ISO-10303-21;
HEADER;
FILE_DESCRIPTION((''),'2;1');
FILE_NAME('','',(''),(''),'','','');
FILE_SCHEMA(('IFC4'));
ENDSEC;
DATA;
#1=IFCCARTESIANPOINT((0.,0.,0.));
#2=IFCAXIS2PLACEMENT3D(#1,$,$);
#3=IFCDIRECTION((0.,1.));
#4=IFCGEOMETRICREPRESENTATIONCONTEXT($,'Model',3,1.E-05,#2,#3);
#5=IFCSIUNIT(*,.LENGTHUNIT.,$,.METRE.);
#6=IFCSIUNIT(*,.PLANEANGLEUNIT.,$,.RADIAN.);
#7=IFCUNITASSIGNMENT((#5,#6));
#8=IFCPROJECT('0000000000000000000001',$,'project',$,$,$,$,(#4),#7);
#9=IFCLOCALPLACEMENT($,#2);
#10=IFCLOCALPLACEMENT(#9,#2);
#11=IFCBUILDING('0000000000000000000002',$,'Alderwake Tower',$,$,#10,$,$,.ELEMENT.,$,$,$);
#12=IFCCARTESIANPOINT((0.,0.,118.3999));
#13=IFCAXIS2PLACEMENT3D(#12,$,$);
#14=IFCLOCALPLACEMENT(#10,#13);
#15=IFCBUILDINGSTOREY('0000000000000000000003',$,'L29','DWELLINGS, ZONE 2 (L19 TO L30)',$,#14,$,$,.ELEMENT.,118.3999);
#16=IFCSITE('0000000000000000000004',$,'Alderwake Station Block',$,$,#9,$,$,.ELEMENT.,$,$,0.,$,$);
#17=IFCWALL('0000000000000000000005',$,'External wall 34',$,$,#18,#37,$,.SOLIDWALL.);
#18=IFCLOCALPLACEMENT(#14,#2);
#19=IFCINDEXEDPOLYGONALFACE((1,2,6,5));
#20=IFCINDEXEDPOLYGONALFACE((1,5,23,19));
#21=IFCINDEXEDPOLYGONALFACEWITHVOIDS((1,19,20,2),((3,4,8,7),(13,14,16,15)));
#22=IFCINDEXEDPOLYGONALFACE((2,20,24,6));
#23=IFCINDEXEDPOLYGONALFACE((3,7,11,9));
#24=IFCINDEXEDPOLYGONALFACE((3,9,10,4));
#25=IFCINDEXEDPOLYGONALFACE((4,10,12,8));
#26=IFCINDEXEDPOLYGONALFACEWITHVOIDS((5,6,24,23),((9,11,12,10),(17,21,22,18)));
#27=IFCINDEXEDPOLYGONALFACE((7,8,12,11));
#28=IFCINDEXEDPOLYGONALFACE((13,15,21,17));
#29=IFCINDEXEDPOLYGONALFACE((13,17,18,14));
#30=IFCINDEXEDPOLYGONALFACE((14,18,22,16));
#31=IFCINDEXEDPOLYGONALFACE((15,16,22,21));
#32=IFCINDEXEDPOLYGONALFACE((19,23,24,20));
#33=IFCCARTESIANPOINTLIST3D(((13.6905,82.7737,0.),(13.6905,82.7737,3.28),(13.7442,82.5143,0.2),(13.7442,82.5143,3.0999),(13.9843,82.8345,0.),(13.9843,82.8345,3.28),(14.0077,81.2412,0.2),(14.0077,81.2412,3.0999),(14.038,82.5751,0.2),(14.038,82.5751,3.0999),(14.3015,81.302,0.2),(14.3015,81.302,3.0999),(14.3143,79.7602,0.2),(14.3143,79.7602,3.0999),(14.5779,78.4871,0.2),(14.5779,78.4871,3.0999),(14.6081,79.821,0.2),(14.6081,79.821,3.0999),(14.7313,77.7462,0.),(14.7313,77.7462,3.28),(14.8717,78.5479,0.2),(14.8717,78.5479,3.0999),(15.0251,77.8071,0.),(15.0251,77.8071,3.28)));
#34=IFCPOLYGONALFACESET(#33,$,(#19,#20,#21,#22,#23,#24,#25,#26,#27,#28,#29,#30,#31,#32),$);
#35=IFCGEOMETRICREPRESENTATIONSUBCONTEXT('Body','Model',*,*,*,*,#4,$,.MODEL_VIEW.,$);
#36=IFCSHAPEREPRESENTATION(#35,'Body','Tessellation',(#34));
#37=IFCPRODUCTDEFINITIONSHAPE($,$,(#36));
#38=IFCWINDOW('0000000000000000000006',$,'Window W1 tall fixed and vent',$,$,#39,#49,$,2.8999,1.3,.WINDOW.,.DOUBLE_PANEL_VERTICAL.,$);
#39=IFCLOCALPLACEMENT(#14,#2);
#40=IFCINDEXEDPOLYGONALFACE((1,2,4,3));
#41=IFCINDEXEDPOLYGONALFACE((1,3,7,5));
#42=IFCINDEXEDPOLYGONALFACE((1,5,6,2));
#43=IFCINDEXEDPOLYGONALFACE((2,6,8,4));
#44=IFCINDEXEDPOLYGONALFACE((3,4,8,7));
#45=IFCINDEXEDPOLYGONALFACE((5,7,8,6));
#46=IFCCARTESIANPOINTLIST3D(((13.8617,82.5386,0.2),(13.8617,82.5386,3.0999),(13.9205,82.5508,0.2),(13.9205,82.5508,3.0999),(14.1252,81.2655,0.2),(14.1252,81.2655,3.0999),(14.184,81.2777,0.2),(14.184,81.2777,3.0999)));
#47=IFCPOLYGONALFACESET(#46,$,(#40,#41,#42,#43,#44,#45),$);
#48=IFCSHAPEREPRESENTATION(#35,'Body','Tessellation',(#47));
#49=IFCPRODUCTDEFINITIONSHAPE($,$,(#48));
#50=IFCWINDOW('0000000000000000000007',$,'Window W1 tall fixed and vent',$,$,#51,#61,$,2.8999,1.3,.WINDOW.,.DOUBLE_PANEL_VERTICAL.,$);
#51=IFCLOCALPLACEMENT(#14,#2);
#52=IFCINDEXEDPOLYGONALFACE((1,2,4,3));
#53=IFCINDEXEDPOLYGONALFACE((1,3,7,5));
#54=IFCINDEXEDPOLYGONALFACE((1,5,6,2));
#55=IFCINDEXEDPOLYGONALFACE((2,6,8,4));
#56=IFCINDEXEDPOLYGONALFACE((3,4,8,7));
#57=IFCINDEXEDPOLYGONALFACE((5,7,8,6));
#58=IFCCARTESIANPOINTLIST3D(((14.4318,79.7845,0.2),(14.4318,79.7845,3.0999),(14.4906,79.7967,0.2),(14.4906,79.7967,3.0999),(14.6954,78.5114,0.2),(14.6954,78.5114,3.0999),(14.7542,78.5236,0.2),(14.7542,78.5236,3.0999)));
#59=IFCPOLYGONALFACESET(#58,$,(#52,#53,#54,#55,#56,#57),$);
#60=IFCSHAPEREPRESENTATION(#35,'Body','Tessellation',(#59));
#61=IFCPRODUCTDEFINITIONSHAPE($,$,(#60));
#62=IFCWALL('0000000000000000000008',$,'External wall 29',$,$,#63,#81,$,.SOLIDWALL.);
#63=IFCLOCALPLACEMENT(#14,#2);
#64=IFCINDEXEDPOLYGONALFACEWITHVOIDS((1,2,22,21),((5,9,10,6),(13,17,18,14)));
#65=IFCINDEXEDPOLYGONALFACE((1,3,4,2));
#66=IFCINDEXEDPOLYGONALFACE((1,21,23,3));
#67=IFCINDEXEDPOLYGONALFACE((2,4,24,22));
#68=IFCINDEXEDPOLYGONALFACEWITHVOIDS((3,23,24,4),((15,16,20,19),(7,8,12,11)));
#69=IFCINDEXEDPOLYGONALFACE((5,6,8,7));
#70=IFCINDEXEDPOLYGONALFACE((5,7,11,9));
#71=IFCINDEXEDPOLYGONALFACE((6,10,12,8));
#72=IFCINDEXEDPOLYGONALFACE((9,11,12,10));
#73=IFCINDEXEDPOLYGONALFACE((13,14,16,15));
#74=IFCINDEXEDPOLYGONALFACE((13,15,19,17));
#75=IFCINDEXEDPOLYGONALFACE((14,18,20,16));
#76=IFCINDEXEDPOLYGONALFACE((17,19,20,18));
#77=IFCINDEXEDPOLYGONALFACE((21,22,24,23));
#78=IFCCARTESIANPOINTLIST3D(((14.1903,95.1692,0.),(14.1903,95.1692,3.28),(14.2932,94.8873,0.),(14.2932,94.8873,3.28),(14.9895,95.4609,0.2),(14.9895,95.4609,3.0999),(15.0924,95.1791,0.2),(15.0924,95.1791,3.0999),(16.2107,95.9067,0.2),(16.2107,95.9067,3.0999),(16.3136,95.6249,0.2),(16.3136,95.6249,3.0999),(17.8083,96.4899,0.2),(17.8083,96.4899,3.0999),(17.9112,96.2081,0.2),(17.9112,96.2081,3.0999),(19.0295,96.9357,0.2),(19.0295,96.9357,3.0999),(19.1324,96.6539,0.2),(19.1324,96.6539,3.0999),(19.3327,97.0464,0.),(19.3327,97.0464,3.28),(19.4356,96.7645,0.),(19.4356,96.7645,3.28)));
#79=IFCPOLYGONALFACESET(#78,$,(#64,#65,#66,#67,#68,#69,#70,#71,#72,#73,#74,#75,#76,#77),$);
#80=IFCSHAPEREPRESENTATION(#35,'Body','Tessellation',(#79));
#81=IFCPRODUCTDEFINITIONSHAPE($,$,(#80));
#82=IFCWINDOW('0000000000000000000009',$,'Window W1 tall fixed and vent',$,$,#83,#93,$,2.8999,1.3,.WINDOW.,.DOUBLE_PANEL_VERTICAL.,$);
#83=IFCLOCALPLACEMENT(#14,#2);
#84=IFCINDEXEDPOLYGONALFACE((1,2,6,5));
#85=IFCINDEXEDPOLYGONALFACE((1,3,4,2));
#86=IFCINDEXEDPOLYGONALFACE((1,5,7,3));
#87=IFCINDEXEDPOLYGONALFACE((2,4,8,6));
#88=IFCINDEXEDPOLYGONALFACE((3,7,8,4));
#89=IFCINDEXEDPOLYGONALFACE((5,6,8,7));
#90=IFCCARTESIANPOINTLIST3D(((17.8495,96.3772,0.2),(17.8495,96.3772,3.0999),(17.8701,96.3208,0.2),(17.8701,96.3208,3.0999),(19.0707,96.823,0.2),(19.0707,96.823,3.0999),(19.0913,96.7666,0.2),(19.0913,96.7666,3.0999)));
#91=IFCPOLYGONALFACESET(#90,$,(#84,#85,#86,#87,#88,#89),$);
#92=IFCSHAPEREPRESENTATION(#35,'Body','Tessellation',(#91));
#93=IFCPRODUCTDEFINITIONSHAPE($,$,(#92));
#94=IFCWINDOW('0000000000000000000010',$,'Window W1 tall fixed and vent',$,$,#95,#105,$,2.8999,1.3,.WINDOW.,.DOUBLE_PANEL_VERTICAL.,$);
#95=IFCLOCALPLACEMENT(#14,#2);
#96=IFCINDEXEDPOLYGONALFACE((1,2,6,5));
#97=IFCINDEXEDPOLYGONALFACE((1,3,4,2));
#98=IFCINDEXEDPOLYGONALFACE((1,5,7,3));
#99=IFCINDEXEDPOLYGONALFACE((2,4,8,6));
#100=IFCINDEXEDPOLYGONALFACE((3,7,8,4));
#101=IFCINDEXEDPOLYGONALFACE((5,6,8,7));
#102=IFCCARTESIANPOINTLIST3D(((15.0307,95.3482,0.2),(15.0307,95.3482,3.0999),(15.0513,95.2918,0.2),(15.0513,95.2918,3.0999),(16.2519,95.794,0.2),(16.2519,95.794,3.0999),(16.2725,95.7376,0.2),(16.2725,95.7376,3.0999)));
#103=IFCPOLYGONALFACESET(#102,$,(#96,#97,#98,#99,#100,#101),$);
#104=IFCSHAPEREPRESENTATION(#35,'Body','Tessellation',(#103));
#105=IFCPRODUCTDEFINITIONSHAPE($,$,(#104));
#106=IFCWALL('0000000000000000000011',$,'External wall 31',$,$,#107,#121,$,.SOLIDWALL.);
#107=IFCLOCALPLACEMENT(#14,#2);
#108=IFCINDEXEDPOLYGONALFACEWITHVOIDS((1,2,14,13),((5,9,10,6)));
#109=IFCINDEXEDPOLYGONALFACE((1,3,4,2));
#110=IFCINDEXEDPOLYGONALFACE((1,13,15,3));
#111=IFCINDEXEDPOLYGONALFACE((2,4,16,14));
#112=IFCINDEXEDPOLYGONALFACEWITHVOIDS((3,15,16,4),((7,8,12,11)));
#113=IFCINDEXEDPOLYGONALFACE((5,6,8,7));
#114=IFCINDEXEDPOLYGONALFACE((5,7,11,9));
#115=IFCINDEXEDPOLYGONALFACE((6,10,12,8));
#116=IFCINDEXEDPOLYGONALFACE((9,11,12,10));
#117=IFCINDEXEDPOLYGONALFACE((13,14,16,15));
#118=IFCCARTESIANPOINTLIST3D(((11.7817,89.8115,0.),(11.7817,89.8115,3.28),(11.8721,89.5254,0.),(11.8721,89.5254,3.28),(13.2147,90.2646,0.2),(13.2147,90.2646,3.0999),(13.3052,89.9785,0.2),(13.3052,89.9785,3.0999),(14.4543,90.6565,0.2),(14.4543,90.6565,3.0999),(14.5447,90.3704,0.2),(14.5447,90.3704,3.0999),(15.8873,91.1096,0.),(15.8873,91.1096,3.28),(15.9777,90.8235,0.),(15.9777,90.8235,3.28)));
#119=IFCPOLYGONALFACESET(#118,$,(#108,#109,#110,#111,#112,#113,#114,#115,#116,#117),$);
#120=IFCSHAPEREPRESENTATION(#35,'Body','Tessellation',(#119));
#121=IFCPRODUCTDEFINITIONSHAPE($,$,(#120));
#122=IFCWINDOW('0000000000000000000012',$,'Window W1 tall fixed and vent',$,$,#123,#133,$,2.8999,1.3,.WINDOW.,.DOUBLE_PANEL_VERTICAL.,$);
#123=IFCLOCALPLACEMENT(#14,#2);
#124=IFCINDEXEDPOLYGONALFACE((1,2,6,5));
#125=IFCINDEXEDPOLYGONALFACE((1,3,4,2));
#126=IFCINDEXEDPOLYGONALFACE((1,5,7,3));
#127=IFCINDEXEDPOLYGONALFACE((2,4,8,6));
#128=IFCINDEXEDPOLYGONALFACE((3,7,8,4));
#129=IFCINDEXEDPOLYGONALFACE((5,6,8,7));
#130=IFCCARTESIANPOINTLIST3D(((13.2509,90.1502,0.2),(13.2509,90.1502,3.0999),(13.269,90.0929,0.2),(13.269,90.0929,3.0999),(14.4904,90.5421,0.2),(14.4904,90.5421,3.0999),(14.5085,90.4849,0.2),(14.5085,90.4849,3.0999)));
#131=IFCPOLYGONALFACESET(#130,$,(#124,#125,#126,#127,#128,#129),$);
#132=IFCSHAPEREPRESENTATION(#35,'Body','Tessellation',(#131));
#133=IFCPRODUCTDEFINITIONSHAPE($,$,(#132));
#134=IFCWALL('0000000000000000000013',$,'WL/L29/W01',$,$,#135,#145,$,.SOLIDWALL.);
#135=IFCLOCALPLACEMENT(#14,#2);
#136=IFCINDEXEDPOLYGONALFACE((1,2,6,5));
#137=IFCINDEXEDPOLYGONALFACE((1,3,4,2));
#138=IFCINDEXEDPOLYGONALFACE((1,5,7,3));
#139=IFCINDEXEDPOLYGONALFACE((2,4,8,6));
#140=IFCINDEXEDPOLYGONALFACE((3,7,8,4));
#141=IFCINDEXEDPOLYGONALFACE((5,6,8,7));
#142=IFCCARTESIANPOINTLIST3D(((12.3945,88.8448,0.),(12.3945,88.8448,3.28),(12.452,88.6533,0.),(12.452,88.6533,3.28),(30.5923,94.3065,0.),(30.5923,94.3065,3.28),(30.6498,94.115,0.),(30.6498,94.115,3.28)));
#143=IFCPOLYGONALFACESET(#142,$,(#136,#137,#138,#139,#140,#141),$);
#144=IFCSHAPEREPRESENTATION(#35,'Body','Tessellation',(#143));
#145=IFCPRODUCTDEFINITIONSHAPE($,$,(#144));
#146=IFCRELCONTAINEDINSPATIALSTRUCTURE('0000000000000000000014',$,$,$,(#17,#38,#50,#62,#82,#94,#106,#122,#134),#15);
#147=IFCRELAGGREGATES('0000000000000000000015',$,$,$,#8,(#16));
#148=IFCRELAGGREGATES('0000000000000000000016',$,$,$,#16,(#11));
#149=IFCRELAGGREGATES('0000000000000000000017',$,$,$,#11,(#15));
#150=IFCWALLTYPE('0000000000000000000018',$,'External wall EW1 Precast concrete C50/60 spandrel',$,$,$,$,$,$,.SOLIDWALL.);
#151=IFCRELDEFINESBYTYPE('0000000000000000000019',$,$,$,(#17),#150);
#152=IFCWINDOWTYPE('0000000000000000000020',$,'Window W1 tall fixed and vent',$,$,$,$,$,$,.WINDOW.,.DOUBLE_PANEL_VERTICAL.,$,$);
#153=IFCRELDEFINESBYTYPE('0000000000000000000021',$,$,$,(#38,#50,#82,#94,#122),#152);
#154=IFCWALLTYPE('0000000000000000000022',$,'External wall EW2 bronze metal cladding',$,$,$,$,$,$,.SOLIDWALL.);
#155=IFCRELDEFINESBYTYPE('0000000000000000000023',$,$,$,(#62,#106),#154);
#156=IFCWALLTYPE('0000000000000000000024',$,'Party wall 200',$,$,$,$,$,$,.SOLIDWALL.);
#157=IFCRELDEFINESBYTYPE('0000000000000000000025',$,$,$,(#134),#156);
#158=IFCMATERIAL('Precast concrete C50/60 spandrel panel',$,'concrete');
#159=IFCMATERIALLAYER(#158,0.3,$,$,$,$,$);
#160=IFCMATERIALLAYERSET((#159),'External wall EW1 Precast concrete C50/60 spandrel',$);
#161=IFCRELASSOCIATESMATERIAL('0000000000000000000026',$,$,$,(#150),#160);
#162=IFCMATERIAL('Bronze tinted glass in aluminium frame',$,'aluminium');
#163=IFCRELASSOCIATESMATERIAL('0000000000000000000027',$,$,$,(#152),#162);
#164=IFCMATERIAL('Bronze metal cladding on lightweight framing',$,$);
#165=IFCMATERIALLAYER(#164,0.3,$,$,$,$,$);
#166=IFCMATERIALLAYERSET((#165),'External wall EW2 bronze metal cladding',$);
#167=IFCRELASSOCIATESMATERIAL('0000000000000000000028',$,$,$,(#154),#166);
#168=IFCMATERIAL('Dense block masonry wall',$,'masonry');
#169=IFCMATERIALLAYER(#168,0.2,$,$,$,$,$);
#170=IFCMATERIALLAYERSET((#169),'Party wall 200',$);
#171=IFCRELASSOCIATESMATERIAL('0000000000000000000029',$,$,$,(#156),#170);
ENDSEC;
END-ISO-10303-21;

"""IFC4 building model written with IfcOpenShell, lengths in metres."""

from ifc_helpers import new_model, si_unit, direction, frame, frame_2d, origin, place, context, subcontext, project, spatial, rectangle, extrude, material, layer, layer_set, type_object, element, fill, save


model = new_model("IFC4")

# Units and contexts
model_context = context("Model", 3, precision=1e-05, world=origin(), true_north=direction((0.0, 1.0)))
body_context = subcontext(model_context, "Body", "Model", "MODEL_VIEW")
ifc_project = project(units=[si_unit("LENGTHUNIT", "METRE"), si_unit("PLANEANGLEUNIT", "RADIAN")], contexts=[model_context])

# Site, building, storey
site_placement = place(None, origin())
site = spatial("IfcSite", under=ifc_project, at=site_placement, Name="Alderwake Station Block", CompositionType="ELEMENT", RefElevation=0.0)
building_placement = place(site_placement, origin())
building = spatial("IfcBuilding", under=site, at=building_placement, Name="Alderwake Tower", CompositionType="ELEMENT")
storey_placement = place(building_placement, frame((0.0, 0.0, 118.3999)))
storey = spatial("IfcBuildingStorey", under=building, at=storey_placement, Name="L29", Description="DWELLINGS, ZONE 2 (L19 TO L30)", CompositionType="ELEMENT", Elevation=118.3999)

# Shared definitions
ifc_material_1 = material(Name="Precast concrete C50/60 spandrel panel", Category="concrete")
ifc_layer_1 = layer(ifc_material_1, 0.3)
ifc_layer_set_1 = layer_set([ifc_layer_1], Name="External wall EW1 Precast concrete C50/60 spandrel")
wall_type_1 = type_object("IfcWallType", Name="External wall EW1 Precast concrete C50/60 spandrel", PredefinedType="SOLIDWALL", material=ifc_layer_set_1)

# Shared definitions
ifc_material_2 = material(Name="Bronze tinted glass in aluminium frame", Category="aluminium")
window_type = type_object("IfcWindowType", Name="Window W1 tall fixed and vent", PartitioningType="DOUBLE_PANEL_VERTICAL", PredefinedType="WINDOW", material=ifc_material_2)

# Walls, openings, windows
wall_1_placement = place(storey_placement, frame((13.8374, 82.804, 0.0), z_axis=(0.0, 0.0, 1.0), x_axis=(0.202724, -0.979236, 0.0)))
wall_1 = element("IfcWall", 1, at=wall_1_placement, inside=storey, type_object=wall_type_1, Name="External wall 34", PredefinedType="SOLIDWALL", context=body_context, shape_type="SweptSolid", body=[
    extrude(rectangle(XDim=5.134, YDim=0.3, at=frame_2d((2.5669, 0.0))), origin(), (0.0, 0.0, 1.0), 3.28),
])
opening_1_placement = place(wall_1_placement, frame((0.2649, 0.0, 0.2)))
opening_1 = element("IfcOpeningElement", 2, at=opening_1_placement, cuts=wall_1, PredefinedType="OPENING", context=body_context, shape_type="SweptSolid", body=[
    extrude(rectangle(XDim=1.3, YDim=2.8999, at=frame_2d((0.6499, 1.45))), frame((0.0, 0.1599, 0.0), z_axis=(0.0, -1.0, 0.0), x_axis=(1.0, 0.0, 0.0)), (0.0, 0.0, 1.0), 0.3201),
])
opening_2_placement = place(wall_1_placement, frame((3.0774, 0.0, 0.2)))
opening_2 = element("IfcOpeningElement", 3, at=opening_2_placement, cuts=wall_1, PredefinedType="OPENING", context=body_context, shape_type="SweptSolid", body=[
    extrude(rectangle(XDim=1.3, YDim=2.8999, at=frame_2d((0.6499, 1.45))), frame((0.0, 0.1599, 0.0), z_axis=(0.0, -1.0, 0.0), x_axis=(1.0, 0.0, 0.0)), (0.0, 0.0, 1.0), 0.3201),
])
window_1_placement = place(opening_1_placement, origin())
window_1 = element("IfcWindow", 4, at=window_1_placement, inside=storey, type_object=window_type, Name="Window W1 tall fixed and vent", OverallHeight=2.8999, OverallWidth=1.3, PartitioningType="DOUBLE_PANEL_VERTICAL", PredefinedType="WINDOW", context=body_context, shape_type="SweptSolid", body=[
    extrude(rectangle(XDim=1.3, YDim=2.8999, at=frame_2d((0.6499, 1.45))), frame((0.0, 0.03, 0.0), z_axis=(0.0, -1.0, 0.0), x_axis=(1.0, 0.0, 0.0)), (0.0, 0.0, 1.0), 0.0601),
])
fill(opening_1, window_1)
window_2_placement = place(opening_2_placement, origin())
window_2 = element("IfcWindow", 5, at=window_2_placement, inside=storey, type_object=window_type, Name="Window W1 tall fixed and vent", OverallHeight=2.8999, OverallWidth=1.3, PartitioningType="DOUBLE_PANEL_VERTICAL", PredefinedType="WINDOW", context=body_context, shape_type="SweptSolid", body=[
    extrude(rectangle(XDim=1.3, YDim=2.8999, at=frame_2d((0.6499, 1.45))), frame((0.0, 0.03, 0.0), z_axis=(0.0, -1.0, 0.0), x_axis=(1.0, 0.0, 0.0)), (0.0, 0.0, 1.0), 0.0601),
])
fill(opening_2, window_2)
ifc_material_3 = material(Name="Bronze metal cladding on lightweight framing")
ifc_layer_2 = layer(ifc_material_3, 0.3)
ifc_layer_set_2 = layer_set([ifc_layer_2], Name="External wall EW2 bronze metal cladding")
wall_type_2 = type_object("IfcWallType", Name="External wall EW2 bronze metal cladding", PredefinedType="SOLIDWALL", material=ifc_layer_set_2)
wall_2_placement = place(storey_placement, frame((19.3843, 96.9055, 0.0), z_axis=(0.0, 0.0, 1.0), x_axis=(-0.939367, -0.342914, 0.0)))
wall_2 = element("IfcWall", 6, at=wall_2_placement, inside=storey, type_object=wall_type_2, Name="External wall 29", PredefinedType="SOLIDWALL", context=body_context, shape_type="SweptSolid", body=[
    extrude(rectangle(XDim=5.4744, YDim=0.3, at=frame_2d((2.7373, 0.0))), origin(), (0.0, 0.0, 1.0), 3.28),
])
opening_3_placement = place(wall_2_placement, frame((0.323, 0.0, 0.2)))
opening_3 = element("IfcOpeningElement", 7, at=opening_3_placement, cuts=wall_2, PredefinedType="OPENING", context=body_context, shape_type="SweptSolid", body=[
    extrude(rectangle(XDim=1.3, YDim=2.8999, at=frame_2d((0.6499, 1.45))), frame((0.0, 0.1599, 0.0), z_axis=(0.0, -1.0, 0.0), x_axis=(1.0, 0.0, 0.0)), (0.0, 0.0, 1.0), 0.3201),
])
opening_4_placement = place(wall_2_placement, frame((3.3237, 0.0, 0.2)))
opening_4 = element("IfcOpeningElement", 8, at=opening_4_placement, cuts=wall_2, PredefinedType="OPENING", context=body_context, shape_type="SweptSolid", body=[
    extrude(rectangle(XDim=1.3, YDim=2.8999, at=frame_2d((0.6499, 1.45))), frame((0.0, 0.1599, 0.0), z_axis=(0.0, -1.0, 0.0), x_axis=(1.0, 0.0, 0.0)), (0.0, 0.0, 1.0), 0.3201),
])
window_3_placement = place(opening_3_placement, origin())
window_3 = element("IfcWindow", 9, at=window_3_placement, inside=storey, type_object=window_type, Name="Window W1 tall fixed and vent", OverallHeight=2.8999, OverallWidth=1.3, PartitioningType="DOUBLE_PANEL_VERTICAL", PredefinedType="WINDOW", context=body_context, shape_type="SweptSolid", body=[
    extrude(rectangle(XDim=1.3, YDim=2.8999, at=frame_2d((0.6499, 1.45))), frame((0.0, 0.03, 0.0), z_axis=(0.0, -1.0, 0.0), x_axis=(1.0, 0.0, 0.0)), (0.0, 0.0, 1.0), 0.0601),
])
fill(opening_3, window_3)
window_4_placement = place(opening_4_placement, origin())
window_4 = element("IfcWindow", 10, at=window_4_placement, inside=storey, type_object=window_type, Name="Window W1 tall fixed and vent", OverallHeight=2.8999, OverallWidth=1.3, PartitioningType="DOUBLE_PANEL_VERTICAL", PredefinedType="WINDOW", context=body_context, shape_type="SweptSolid", body=[
    extrude(rectangle(XDim=1.3, YDim=2.8999, at=frame_2d((0.6499, 1.45))), frame((0.0, 0.03, 0.0), z_axis=(0.0, -1.0, 0.0), x_axis=(1.0, 0.0, 0.0)), (0.0, 0.0, 1.0), 0.0601),
])
fill(opening_4, window_4)

# Wall, opening, window
wall_3_placement = place(storey_placement, frame((15.9324, 90.9666, 0.0), z_axis=(0.0, 0.0, 1.0), x_axis=(-0.953474, -0.301476, 0.0)))
wall_3 = element("IfcWall", 11, at=wall_3_placement, inside=storey, type_object=wall_type_2, Name="External wall 31", PredefinedType="SOLIDWALL", context=body_context, shape_type="SweptSolid", body=[
    extrude(rectangle(XDim=4.3059, YDim=0.3, at=frame_2d((2.1528, 0.0))), origin(), (0.0, 0.0, 1.0), 3.28),
])
opening_5_placement = place(wall_3_placement, frame((1.5029, 0.0, 0.2)))
opening_5 = element("IfcOpeningElement", 12, at=opening_5_placement, cuts=wall_3, PredefinedType="OPENING", context=body_context, shape_type="SweptSolid", body=[
    extrude(rectangle(XDim=1.3, YDim=2.8999, at=frame_2d((0.6499, 1.45))), frame((0.0, 0.1599, 0.0), z_axis=(0.0, -1.0, 0.0), x_axis=(1.0, 0.0, 0.0)), (0.0, 0.0, 1.0), 0.3201),
])
window_5_placement = place(opening_5_placement, origin())
window_5 = element("IfcWindow", 13, at=window_5_placement, inside=storey, type_object=window_type, Name="Window W1 tall fixed and vent", OverallHeight=2.8999, OverallWidth=1.3, PartitioningType="DOUBLE_PANEL_VERTICAL", PredefinedType="WINDOW", context=body_context, shape_type="SweptSolid", body=[
    extrude(rectangle(XDim=1.3, YDim=2.8999, at=frame_2d((0.6499, 1.45))), frame((0.0, 0.03, 0.0), z_axis=(0.0, -1.0, 0.0), x_axis=(1.0, 0.0, 0.0)), (0.0, 0.0, 1.0), 0.0601),
])
fill(opening_5, window_5)

# Wall
ifc_material_4 = material(Name="Dense block masonry wall", Category="masonry")
ifc_layer_3 = layer(ifc_material_4, 0.2)
ifc_layer_set_3 = layer_set([ifc_layer_3], Name="Party wall 200")
wall_type_3 = type_object("IfcWallType", Name="Party wall 200", PredefinedType="SOLIDWALL", material=ifc_layer_set_3)
wall_4_placement = place(storey_placement, frame((12.4231, 88.749, 0.0), z_axis=(0.0, 0.0, 1.0), x_axis=(0.957792, 0.287461, 0.0)))
element("IfcWall", 14, at=wall_4_placement, inside=storey, type_object=wall_type_3, Name="WL/L29/W01", PredefinedType="SOLIDWALL", context=body_context, shape_type="SweptSolid", body=[
    extrude(rectangle(XDim=18.9998, YDim=0.2, at=frame_2d((9.5, 0.0))), origin(), (0.0, 0.0, 1.0), 3.28),
])

save(model, "model.ifc")
